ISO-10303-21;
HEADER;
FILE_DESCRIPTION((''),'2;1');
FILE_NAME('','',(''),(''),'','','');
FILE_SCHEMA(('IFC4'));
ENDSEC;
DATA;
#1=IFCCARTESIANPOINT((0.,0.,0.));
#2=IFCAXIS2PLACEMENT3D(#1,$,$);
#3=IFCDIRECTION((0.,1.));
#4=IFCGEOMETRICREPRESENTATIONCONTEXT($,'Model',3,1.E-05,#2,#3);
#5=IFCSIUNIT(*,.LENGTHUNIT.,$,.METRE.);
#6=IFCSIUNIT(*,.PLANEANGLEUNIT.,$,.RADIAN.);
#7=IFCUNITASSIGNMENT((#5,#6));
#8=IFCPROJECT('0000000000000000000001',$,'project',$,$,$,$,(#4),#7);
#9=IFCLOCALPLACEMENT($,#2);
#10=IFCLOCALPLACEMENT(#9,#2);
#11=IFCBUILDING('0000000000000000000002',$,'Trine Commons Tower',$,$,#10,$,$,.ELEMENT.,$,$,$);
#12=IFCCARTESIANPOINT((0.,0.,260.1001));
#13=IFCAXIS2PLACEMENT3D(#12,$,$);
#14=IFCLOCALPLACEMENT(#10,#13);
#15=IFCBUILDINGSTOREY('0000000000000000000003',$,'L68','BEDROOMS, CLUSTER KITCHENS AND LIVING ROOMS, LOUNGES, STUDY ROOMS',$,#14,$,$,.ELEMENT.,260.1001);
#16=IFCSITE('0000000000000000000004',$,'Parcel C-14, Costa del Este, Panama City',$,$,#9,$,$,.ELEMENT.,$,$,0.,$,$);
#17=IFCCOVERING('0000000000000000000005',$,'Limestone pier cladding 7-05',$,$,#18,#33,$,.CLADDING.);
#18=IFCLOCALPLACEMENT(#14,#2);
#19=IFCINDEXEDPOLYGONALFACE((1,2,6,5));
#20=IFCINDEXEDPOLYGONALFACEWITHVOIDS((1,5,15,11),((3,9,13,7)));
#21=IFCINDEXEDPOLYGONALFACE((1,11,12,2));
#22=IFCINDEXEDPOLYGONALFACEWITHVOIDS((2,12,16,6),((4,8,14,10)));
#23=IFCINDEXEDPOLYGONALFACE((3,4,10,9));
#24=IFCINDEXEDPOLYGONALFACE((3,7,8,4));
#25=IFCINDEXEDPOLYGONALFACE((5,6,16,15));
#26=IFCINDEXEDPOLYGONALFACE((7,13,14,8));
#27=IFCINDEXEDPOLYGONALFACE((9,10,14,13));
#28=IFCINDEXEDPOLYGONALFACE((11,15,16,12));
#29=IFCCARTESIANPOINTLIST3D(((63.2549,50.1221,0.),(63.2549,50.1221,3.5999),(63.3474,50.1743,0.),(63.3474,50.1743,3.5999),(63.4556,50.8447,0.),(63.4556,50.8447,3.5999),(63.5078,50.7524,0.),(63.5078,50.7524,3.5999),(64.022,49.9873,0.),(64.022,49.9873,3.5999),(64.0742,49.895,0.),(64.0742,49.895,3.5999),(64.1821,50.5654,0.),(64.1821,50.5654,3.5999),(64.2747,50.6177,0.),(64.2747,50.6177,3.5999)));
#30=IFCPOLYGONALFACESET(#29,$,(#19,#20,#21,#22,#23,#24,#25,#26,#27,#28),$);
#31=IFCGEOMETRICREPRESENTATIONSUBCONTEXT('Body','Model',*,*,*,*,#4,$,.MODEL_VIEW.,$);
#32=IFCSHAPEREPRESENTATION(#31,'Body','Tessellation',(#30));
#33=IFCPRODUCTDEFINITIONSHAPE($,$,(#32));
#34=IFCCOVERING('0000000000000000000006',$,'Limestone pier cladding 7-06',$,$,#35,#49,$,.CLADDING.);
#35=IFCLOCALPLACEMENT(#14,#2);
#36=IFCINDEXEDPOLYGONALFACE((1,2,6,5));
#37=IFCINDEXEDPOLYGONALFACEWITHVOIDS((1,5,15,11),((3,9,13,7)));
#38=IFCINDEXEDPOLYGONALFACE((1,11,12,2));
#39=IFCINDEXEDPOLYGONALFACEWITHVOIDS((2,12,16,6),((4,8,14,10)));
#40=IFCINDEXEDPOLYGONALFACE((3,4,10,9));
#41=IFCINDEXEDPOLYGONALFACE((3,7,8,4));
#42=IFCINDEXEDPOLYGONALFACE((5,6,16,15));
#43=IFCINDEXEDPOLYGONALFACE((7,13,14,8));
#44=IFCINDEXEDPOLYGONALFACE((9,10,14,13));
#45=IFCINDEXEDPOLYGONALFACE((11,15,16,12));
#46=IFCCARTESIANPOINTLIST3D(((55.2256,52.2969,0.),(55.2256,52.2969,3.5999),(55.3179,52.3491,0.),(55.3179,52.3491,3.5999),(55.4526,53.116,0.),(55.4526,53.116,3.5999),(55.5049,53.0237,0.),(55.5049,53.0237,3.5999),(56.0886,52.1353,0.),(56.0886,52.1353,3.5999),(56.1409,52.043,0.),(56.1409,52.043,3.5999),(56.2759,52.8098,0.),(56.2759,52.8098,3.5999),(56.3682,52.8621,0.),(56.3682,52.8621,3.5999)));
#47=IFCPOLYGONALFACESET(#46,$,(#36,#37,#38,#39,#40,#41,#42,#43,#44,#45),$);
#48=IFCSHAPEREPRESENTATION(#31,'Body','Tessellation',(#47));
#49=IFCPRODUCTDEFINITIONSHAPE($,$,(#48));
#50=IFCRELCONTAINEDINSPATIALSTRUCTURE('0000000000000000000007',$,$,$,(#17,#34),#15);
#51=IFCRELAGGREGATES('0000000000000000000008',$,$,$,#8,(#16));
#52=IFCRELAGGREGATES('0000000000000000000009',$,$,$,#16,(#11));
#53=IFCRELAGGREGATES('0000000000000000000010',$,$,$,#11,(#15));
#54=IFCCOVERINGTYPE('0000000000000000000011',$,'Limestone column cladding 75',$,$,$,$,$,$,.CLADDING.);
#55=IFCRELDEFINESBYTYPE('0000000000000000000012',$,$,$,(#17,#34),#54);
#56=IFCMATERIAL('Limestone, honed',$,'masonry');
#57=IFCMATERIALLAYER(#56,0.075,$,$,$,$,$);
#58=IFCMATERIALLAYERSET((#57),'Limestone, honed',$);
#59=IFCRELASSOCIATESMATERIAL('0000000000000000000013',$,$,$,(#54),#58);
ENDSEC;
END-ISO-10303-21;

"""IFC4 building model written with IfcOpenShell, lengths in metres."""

from ifc_helpers import new_model, si_unit, direction, frame, origin, place, context, subcontext, project, spatial, polyline, outline, extrude, material, layer, layer_set, type_object, element, save


model = new_model("IFC4")

# Units and contexts
model_context = context("Model", 3, precision=1e-05, world=origin(), true_north=direction((0.0, 1.0)))
body_context = subcontext(model_context, "Body", "Model", "MODEL_VIEW")
ifc_project = project(units=[si_unit("LENGTHUNIT", "METRE"), si_unit("PLANEANGLEUNIT", "RADIAN")], contexts=[model_context])

# Site, building, storey
site_placement = place(None, origin())
site = spatial("IfcSite", under=ifc_project, at=site_placement, Name="Parcel C-14, Costa del Este, Panama City", CompositionType="ELEMENT", RefElevation=0.0)
building_placement = place(site_placement, origin())
building = spatial("IfcBuilding", under=site, at=building_placement, Name="Trine Commons Tower", CompositionType="ELEMENT")
storey_placement = place(building_placement, frame((0.0, 0.0, 260.1001)))
storey = spatial("IfcBuildingStorey", under=building, at=storey_placement, Name="L68", Description="BEDROOMS, CLUSTER KITCHENS AND LIVING ROOMS, LOUNGES, STUDY ROOMS", CompositionType="ELEMENT", Elevation=260.1001)

# Coverings
ifc_material_1 = material(Name="Limestone, honed", Category="masonry")
ifc_layer_1 = layer(ifc_material_1, 0.075)
ifc_layer_set_1 = layer_set([ifc_layer_1], Name="Limestone, honed")
covering_type_1 = type_object("IfcCoveringType", Name="Limestone column cladding 75", PredefinedType="CLADDING", material=ifc_layer_set_1)
covering_1_placement = place(storey_placement, origin())
element("IfcCovering", 1, at=covering_1_placement, inside=storey, type_object=covering_type_1, Name="Limestone pier cladding 7-05", PredefinedType="CLADDING", context=body_context, shape_type="SweptSolid", body=[
    extrude(outline(polyline([(63.4556, 50.8447), (63.2549, 50.1221), (64.0742, 49.895), (64.2747, 50.6177), (63.4556, 50.8447)]), holes=[polyline([(63.5078, 50.7524), (63.3474, 50.1743), (64.022, 49.9873), (64.1821, 50.5654), (63.5078, 50.7524)])]), origin(), (0.0, 0.0, 1.0), 3.5999),
])
covering_2_placement = place(storey_placement, origin())
element("IfcCovering", 2, at=covering_2_placement, inside=storey, type_object=covering_type_1, Name="Limestone pier cladding 7-06", PredefinedType="CLADDING", context=body_context, shape_type="SweptSolid", body=[
    extrude(outline(polyline([(55.4526, 53.116), (55.2256, 52.2969), (56.1409, 52.043), (56.3682, 52.8621), (55.4526, 53.116)]), holes=[polyline([(55.5049, 53.0237), (55.3179, 52.3491), (56.0886, 52.1353), (56.2759, 52.8098), (55.5049, 53.0237)])]), origin(), (0.0, 0.0, 1.0), 3.5999),
])

save(model, "model.ifc")
